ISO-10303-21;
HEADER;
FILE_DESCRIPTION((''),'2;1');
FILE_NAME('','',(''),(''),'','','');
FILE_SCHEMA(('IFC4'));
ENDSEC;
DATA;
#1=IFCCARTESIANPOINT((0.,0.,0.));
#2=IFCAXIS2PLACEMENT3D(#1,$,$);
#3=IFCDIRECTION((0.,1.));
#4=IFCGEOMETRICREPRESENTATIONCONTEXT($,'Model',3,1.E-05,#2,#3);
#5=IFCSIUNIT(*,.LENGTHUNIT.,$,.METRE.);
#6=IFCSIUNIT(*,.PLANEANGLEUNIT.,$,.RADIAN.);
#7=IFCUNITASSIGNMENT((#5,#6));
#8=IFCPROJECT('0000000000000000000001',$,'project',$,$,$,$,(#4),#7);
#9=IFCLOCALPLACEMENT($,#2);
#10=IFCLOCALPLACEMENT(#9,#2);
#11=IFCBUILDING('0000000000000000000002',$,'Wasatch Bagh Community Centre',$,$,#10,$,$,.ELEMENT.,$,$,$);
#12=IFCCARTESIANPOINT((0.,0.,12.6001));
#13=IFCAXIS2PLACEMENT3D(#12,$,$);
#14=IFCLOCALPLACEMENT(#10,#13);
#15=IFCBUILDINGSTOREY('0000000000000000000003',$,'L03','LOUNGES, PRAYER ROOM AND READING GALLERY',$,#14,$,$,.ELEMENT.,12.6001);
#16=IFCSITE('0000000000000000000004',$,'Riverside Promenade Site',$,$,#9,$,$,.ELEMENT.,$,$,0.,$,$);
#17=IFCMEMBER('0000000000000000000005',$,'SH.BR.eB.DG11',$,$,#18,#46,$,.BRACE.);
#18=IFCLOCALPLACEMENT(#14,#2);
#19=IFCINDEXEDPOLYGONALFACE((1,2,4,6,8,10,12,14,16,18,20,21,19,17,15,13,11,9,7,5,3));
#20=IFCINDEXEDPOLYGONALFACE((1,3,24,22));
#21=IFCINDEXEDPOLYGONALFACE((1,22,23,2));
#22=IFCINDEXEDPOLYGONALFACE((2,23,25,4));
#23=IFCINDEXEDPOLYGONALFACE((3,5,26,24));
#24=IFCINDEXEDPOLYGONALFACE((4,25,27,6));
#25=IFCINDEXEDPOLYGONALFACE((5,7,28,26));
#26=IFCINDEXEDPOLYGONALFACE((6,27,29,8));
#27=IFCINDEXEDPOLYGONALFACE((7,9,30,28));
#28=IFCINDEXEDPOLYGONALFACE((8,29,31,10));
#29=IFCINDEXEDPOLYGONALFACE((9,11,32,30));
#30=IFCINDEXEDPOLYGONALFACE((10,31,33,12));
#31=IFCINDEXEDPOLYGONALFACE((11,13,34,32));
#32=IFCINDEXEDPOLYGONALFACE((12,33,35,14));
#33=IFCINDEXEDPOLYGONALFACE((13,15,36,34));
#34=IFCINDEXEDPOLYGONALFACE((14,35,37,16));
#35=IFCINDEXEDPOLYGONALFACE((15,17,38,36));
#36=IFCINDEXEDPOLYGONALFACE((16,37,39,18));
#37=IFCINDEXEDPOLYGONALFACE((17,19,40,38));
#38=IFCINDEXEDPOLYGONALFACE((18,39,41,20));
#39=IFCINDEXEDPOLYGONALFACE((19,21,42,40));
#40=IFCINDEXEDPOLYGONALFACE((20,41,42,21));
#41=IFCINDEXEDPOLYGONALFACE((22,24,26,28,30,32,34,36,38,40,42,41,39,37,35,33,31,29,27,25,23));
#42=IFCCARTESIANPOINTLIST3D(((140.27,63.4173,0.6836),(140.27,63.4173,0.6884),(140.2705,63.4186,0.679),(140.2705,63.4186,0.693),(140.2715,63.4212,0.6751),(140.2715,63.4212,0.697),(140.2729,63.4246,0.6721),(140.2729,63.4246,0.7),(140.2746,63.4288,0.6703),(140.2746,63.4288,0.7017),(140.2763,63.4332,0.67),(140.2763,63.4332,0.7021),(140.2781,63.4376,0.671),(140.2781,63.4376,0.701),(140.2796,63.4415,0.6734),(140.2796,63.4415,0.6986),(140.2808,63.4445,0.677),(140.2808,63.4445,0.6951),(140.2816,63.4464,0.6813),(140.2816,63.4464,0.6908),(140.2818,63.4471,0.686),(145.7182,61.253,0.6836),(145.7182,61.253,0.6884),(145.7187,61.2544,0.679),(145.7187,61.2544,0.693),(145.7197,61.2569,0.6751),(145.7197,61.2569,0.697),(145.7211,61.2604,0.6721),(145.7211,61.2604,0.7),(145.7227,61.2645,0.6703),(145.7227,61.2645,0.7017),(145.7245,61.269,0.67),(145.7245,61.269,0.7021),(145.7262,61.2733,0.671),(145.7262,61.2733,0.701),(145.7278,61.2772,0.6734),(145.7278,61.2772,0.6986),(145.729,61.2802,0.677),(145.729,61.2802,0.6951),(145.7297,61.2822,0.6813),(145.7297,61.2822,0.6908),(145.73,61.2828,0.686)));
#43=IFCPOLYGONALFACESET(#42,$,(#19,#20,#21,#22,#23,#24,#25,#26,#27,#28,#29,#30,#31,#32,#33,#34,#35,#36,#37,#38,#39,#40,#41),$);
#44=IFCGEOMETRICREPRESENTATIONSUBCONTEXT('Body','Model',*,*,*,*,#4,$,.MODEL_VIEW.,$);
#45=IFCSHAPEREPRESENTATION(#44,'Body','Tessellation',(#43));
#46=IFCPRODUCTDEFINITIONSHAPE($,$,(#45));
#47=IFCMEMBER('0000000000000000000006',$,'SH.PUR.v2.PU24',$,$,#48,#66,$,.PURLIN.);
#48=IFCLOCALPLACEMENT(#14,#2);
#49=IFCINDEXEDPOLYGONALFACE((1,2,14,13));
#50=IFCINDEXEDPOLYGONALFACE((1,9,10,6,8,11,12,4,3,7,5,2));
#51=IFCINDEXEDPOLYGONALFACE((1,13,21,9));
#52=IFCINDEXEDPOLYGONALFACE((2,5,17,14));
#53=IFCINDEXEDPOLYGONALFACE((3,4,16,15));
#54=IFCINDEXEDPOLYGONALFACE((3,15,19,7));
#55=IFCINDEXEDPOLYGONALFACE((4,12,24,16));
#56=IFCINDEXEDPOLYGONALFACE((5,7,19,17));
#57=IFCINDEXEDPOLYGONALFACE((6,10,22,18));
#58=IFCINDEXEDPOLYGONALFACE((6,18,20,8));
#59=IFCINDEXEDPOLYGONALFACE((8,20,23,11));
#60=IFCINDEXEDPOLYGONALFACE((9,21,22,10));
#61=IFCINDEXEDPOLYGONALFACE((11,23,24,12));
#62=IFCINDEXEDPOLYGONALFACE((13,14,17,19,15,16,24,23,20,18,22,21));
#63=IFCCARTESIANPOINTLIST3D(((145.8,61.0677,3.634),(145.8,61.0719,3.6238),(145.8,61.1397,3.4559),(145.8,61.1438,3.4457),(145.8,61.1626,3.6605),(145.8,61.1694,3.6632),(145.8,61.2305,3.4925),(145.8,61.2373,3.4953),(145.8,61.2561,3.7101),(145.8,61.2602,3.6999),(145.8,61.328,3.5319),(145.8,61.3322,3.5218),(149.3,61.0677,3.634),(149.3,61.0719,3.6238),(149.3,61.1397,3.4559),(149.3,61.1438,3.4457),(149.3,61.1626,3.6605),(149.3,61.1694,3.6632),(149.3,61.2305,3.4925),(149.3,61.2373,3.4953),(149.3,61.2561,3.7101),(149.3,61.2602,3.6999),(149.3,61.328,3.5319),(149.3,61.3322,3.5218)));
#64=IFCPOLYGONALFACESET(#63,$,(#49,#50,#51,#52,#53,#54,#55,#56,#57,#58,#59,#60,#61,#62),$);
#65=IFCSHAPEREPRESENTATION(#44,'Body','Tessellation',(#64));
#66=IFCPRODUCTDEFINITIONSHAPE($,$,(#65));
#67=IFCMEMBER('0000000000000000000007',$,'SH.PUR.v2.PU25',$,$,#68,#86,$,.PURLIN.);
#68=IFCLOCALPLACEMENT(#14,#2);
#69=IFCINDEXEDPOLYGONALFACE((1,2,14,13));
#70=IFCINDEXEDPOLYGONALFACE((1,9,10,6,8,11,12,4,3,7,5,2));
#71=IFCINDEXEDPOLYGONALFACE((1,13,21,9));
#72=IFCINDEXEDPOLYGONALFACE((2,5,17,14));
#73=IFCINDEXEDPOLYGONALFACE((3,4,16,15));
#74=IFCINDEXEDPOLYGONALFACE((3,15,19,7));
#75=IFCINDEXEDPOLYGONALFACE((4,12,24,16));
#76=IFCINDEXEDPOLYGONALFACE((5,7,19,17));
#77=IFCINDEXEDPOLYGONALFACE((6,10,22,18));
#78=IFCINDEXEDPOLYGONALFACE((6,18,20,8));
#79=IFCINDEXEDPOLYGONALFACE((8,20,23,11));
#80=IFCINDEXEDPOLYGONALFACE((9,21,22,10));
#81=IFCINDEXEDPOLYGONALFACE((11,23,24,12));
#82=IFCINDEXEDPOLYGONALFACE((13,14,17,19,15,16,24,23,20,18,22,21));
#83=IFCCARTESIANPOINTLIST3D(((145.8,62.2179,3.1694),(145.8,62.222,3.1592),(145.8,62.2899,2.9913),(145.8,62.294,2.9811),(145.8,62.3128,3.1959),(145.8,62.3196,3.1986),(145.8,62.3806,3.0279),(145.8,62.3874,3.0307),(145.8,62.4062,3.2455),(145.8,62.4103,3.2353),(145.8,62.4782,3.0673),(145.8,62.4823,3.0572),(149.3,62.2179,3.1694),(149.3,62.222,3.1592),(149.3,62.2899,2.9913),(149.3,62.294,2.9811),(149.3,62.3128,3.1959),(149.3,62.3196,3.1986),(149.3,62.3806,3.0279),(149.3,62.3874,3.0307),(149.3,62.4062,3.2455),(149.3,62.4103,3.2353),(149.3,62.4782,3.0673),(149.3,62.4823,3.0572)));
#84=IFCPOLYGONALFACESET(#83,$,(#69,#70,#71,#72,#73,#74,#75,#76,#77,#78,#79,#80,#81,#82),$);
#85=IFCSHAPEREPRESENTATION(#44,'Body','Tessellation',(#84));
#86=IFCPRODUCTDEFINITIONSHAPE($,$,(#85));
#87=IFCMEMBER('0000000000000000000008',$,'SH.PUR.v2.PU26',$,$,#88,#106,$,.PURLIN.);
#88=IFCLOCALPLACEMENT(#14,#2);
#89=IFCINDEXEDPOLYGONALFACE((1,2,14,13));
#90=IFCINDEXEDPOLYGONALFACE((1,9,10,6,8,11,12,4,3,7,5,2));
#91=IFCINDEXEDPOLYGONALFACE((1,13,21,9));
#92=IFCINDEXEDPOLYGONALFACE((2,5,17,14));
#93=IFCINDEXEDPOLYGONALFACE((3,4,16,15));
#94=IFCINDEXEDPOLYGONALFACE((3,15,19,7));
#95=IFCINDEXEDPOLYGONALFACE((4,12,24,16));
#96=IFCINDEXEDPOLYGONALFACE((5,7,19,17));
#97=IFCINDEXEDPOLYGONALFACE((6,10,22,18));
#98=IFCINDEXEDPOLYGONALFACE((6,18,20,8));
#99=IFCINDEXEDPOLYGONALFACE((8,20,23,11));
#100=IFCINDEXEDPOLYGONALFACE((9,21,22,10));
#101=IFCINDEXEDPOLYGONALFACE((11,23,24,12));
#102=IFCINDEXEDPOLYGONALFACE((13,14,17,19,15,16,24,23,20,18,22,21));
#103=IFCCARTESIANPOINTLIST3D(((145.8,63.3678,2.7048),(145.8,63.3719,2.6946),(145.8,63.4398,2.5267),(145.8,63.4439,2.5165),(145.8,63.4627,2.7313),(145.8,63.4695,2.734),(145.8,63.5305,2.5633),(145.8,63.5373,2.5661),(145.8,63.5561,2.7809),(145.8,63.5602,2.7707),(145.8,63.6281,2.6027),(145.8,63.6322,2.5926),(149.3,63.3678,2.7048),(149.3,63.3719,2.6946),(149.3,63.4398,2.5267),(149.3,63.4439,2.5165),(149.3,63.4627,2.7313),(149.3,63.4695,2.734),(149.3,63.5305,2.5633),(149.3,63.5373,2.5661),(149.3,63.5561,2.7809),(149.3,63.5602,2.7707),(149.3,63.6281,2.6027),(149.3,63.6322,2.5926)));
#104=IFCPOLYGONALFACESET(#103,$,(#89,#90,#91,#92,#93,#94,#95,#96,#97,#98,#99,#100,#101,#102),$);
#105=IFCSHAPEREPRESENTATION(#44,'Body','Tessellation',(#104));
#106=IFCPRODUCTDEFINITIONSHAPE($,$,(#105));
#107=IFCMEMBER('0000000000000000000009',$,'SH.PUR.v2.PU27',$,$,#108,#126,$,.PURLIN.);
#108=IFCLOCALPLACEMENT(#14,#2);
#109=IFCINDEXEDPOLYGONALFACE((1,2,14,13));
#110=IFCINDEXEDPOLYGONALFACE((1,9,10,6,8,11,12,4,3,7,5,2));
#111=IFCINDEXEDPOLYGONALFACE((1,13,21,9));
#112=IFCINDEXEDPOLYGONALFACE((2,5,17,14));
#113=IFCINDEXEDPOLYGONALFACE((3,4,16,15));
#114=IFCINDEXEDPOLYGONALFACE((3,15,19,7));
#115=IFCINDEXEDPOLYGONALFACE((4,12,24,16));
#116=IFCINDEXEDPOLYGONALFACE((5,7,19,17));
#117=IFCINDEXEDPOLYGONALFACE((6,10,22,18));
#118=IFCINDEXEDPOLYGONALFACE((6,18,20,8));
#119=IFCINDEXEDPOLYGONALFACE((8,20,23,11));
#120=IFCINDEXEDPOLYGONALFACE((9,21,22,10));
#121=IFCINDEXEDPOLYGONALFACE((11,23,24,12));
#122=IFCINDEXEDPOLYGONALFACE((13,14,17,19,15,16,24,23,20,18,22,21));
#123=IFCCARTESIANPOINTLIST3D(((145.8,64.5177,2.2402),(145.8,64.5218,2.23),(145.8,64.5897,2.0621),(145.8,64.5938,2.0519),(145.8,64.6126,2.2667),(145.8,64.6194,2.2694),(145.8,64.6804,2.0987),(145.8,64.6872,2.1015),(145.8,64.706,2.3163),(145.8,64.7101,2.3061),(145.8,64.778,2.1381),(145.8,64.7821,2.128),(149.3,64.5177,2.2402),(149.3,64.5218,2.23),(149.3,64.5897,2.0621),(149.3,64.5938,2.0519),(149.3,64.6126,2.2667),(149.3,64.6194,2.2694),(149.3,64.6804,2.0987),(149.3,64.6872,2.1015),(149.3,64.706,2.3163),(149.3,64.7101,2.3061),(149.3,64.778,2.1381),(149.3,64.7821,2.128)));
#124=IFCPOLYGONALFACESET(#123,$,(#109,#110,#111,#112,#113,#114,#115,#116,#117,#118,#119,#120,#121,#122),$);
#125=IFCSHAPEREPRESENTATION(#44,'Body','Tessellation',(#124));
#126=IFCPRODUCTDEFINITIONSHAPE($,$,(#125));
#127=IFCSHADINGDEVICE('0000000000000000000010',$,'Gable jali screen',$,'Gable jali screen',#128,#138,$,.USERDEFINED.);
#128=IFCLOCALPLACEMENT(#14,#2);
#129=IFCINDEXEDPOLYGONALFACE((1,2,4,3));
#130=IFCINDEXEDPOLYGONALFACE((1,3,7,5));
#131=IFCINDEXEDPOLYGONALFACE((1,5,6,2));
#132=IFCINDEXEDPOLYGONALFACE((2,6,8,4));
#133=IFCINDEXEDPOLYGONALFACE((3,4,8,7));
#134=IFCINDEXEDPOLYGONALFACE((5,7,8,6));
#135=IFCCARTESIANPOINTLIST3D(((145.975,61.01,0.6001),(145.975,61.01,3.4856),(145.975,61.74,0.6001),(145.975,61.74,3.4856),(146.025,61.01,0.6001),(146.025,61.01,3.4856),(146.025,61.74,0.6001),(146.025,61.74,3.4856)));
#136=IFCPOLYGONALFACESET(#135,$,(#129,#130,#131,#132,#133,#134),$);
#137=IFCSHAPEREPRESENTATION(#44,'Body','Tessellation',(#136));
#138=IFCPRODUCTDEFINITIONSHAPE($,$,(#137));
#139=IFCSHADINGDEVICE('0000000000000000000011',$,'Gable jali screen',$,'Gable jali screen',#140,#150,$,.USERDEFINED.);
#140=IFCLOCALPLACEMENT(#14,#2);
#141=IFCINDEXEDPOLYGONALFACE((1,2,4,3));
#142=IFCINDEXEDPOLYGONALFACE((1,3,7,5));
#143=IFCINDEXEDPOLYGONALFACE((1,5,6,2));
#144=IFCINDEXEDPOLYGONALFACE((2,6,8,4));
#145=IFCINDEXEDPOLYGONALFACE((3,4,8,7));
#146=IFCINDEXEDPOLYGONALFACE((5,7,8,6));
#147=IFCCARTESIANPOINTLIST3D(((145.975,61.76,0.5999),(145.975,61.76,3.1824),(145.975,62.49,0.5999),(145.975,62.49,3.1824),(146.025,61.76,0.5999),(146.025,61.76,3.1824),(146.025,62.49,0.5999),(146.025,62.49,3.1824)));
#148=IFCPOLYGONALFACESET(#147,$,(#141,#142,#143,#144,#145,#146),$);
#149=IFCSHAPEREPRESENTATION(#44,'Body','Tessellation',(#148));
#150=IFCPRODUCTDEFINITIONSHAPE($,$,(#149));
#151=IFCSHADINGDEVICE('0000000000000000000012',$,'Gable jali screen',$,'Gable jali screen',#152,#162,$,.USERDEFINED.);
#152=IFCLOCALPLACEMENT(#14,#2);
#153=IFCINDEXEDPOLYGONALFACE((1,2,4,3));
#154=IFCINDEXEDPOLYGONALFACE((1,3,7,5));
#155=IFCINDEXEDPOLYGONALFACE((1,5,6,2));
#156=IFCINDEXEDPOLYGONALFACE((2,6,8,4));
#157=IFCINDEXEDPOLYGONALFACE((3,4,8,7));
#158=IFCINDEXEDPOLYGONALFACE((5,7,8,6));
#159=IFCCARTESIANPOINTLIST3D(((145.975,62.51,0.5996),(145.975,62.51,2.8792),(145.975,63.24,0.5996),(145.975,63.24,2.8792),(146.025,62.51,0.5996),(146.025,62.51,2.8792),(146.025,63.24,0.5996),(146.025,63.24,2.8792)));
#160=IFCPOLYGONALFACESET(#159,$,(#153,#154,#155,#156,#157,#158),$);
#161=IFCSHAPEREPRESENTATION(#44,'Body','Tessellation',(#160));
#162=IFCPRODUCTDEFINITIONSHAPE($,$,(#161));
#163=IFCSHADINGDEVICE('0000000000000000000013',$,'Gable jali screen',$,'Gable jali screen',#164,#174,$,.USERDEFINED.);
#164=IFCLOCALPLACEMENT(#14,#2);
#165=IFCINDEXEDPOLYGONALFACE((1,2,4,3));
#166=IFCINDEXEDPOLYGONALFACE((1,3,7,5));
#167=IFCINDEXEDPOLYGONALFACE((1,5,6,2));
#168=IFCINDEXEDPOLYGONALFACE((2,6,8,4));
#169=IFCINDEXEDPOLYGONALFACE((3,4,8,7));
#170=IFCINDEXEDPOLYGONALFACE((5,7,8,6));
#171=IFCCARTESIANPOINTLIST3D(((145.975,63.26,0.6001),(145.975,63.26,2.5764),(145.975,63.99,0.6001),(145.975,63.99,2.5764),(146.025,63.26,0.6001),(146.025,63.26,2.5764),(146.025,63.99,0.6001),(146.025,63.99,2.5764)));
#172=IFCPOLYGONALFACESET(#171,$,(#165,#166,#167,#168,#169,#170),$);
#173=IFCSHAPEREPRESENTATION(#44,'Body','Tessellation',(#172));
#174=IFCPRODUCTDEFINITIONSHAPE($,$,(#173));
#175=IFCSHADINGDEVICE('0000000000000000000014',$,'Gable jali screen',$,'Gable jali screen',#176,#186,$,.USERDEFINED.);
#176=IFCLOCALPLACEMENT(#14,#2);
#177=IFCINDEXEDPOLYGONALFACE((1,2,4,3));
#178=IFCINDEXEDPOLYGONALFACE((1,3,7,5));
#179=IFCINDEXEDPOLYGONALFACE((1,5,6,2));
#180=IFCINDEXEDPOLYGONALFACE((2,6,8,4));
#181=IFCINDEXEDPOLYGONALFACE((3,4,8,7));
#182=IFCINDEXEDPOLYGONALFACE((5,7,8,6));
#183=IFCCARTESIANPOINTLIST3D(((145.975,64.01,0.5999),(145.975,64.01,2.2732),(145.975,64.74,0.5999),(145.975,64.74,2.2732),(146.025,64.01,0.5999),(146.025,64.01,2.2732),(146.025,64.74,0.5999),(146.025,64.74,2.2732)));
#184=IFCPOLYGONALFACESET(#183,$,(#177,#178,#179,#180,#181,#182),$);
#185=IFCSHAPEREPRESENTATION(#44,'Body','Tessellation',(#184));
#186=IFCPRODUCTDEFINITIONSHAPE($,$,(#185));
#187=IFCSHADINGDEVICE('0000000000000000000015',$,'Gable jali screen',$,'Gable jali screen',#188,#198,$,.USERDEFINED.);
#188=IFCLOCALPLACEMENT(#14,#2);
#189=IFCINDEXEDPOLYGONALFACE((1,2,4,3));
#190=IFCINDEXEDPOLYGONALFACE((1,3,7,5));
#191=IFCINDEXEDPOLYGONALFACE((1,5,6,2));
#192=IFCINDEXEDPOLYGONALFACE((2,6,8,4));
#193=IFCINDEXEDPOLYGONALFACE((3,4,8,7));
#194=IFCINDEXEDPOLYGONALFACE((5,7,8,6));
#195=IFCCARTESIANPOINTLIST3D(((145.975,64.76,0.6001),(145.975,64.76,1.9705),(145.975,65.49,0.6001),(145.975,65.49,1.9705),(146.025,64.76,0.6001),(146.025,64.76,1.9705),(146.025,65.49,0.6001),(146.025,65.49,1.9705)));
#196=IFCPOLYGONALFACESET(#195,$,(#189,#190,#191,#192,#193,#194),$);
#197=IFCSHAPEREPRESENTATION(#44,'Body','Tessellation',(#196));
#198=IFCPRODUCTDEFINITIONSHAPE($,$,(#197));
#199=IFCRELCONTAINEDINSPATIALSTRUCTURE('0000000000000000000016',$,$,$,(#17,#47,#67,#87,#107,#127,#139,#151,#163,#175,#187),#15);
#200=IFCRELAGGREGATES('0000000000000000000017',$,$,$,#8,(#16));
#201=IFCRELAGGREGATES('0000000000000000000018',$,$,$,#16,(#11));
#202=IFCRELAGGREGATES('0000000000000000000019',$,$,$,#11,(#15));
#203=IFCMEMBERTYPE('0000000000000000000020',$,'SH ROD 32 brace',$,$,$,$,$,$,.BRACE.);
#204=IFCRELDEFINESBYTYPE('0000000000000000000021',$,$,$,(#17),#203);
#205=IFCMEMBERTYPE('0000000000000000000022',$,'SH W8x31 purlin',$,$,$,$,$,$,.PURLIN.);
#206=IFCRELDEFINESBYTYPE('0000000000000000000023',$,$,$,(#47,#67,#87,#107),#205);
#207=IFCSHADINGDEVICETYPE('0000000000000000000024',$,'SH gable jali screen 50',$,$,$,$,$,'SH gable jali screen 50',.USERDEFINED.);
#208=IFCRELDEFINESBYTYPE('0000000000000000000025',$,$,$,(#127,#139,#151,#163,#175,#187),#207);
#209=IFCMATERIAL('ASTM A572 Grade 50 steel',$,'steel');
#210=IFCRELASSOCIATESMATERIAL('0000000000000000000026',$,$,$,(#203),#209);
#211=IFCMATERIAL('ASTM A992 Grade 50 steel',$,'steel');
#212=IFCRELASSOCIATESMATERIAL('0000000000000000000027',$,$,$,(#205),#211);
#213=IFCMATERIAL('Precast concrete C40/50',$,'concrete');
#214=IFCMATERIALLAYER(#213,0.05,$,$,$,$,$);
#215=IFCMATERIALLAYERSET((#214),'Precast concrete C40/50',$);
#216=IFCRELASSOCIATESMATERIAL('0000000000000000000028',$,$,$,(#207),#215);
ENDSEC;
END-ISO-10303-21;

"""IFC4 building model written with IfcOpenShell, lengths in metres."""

from ifc_helpers import new_model, si_unit, direction, frame, origin, origin_2d, place, context, subcontext, project, spatial, rectangle, circle, i_section, extrude, material, layer, layer_set, material_profile, profile_set, type_object, element, save


model = new_model("IFC4")

# Units and contexts
model_context = context("Model", 3, precision=1e-05, world=origin(), true_north=direction((0.0, 1.0)))
body_context = subcontext(model_context, "Body", "Model", "MODEL_VIEW")
ifc_project = project(units=[si_unit("LENGTHUNIT", "METRE"), si_unit("PLANEANGLEUNIT", "RADIAN")], contexts=[model_context])

# Site, building, storey
site_placement = place(None, origin())
site = spatial("IfcSite", under=ifc_project, at=site_placement, Name="Riverside Promenade Site", CompositionType="ELEMENT", RefElevation=0.0)
building_placement = place(site_placement, origin())
building = spatial("IfcBuilding", under=site, at=building_placement, Name="Wasatch Bagh Community Centre", CompositionType="ELEMENT")
storey_placement = place(building_placement, frame((0.0, 0.0, 12.6001)))
storey = spatial("IfcBuildingStorey", under=building, at=storey_placement, Name="L03", Description="LOUNGES, PRAYER ROOM AND READING GALLERY", CompositionType="ELEMENT", Elevation=12.6001)

# Members
ifc_material_1 = material(Name="ASTM A572 Grade 50 steel", Category="steel")
ifc_material_profile_1 = material_profile(ifc_material_1, circle(Radius=0.0161, at=origin_2d()), Name="ROD 32")
ifc_profile_set_1 = profile_set([ifc_material_profile_1], Name="ASTM A572 Grade 50 steel")
member_type_1 = type_object("IfcMemberType", Name="SH ROD 32 brace", PredefinedType="BRACE", material=ifc_profile_set_1)
member_1_placement = place(storey_placement, frame((140.2759, 63.4321, 0.686), z_axis=(0.929356, -0.369185, 0.0), x_axis=(0.369185, 0.929356, 0.0)))
element("IfcMember", 1, at=member_1_placement, inside=storey, type_object=member_type_1, Name="SH.BR.eB.DG11", PredefinedType="BRACE", context=body_context, shape_type="SweptSolid", body=[
    extrude(circle(Radius=0.0161, at=origin_2d()), origin(), (0.0, 0.0, 1.0), 5.8623),
])
ifc_material_2 = material(Name="ASTM A992 Grade 50 steel", Category="steel")
ifc_material_profile_2 = material_profile(ifc_material_2, i_section(OverallWidth=0.2031, OverallDepth=0.2031, WebThickness=0.0073, FlangeThickness=0.011, at=origin_2d()), Name="W8x31")
ifc_profile_set_2 = profile_set([ifc_material_profile_2], Name="ASTM A992 Grade 50 steel")
member_type_2 = type_object("IfcMemberType", Name="SH W8x31 purlin", PredefinedType="PURLIN", material=ifc_profile_set_2)
for number, where, z_axis, x_axis, name in (
    (2, (145.8, 61.2, 3.5779), (1.0, 0.0, 0.0), (0.0, 0.927184, 0.374607), "SH.PUR.v2.PU24"),
    (3, (145.8, 62.3501, 3.1133), (1.0, 0.0, 0.0), (0.0, 0.927184, 0.374607), "SH.PUR.v2.PU25"),
    (4, (145.8, 63.5, 2.6487), (1.0, 0.0, 0.0), (0.0, 0.927184, 0.374607), "SH.PUR.v2.PU26"),
    (5, (145.8, 64.6499, 2.1841), (1.0, 0.0, 0.0), (0.0, 0.927184, 0.374607), "SH.PUR.v2.PU27"),
):
    element("IfcMember", number, at=place(storey_placement, frame(where, z_axis=z_axis, x_axis=x_axis)), inside=storey, type_object=member_type_2, Name=name, PredefinedType="PURLIN", context=body_context, shape_type="SweptSolid", body=[
        extrude(i_section(OverallWidth=0.2031, OverallDepth=0.2031, WebThickness=0.0073, FlangeThickness=0.011, at=origin_2d()), origin(), (0.0, 0.0, 1.0), 3.5),
    ])

# Shading devices
ifc_material_3 = material(Name="Precast concrete C40/50", Category="concrete")
ifc_layer = layer(ifc_material_3, 0.05)
ifc_layer_set = layer_set([ifc_layer], Name="Precast concrete C40/50")
shading_device_type = type_object("IfcShadingDeviceType", Name="SH gable jali screen 50", ElementType="SH gable jali screen 50", PredefinedType="USERDEFINED", material=ifc_layer_set)
shading_device_1_placement = place(storey_placement, frame((146.0, 61.375, 0.6001), z_axis=(0.0, 0.0, 1.0), x_axis=(1.0, 0.0, 0.0)))
element("IfcShadingDevice", 6, at=shading_device_1_placement, inside=storey, type_object=shading_device_type, Name="Gable jali screen", ObjectType="Gable jali screen", PredefinedType="USERDEFINED", context=body_context, shape_type="SweptSolid", body=[
    extrude(rectangle(XDim=0.05, YDim=0.73, at=origin_2d()), origin(), (0.0, 0.0, 1.0), 2.8855),
])
shading_device_2_placement = place(storey_placement, frame((146.0, 62.125, 0.5999), z_axis=(0.0, 0.0, 1.0), x_axis=(1.0, 0.0, 0.0)))
element("IfcShadingDevice", 7, at=shading_device_2_placement, inside=storey, type_object=shading_device_type, Name="Gable jali screen", ObjectType="Gable jali screen", PredefinedType="USERDEFINED", context=body_context, shape_type="SweptSolid", body=[
    extrude(rectangle(XDim=0.05, YDim=0.73, at=origin_2d()), origin(), (0.0, 0.0, 1.0), 2.5825),
])
shading_device_3_placement = place(storey_placement, frame((146.0, 62.875, 0.5996), z_axis=(0.0, 0.0, 1.0), x_axis=(1.0, 0.0, 0.0)))
element("IfcShadingDevice", 8, at=shading_device_3_placement, inside=storey, type_object=shading_device_type, Name="Gable jali screen", ObjectType="Gable jali screen", PredefinedType="USERDEFINED", context=body_context, shape_type="SweptSolid", body=[
    extrude(rectangle(XDim=0.05, YDim=0.73, at=origin_2d()), origin(), (0.0, 0.0, 1.0), 2.2795),
])
shading_device_4_placement = place(storey_placement, frame((146.0, 63.625, 0.6001), z_axis=(0.0, 0.0, 1.0), x_axis=(1.0, 0.0, 0.0)))
element("IfcShadingDevice", 9, at=shading_device_4_placement, inside=storey, type_object=shading_device_type, Name="Gable jali screen", ObjectType="Gable jali screen", PredefinedType="USERDEFINED", context=body_context, shape_type="SweptSolid", body=[
    extrude(rectangle(XDim=0.05, YDim=0.73, at=origin_2d()), origin(), (0.0, 0.0, 1.0), 1.9763),
])
shading_device_5_placement = place(storey_placement, frame((146.0, 64.375, 0.5999), z_axis=(0.0, 0.0, 1.0), x_axis=(1.0, 0.0, 0.0)))
element("IfcShadingDevice", 10, at=shading_device_5_placement, inside=storey, type_object=shading_device_type, Name="Gable jali screen", ObjectType="Gable jali screen", PredefinedType="USERDEFINED", context=body_context, shape_type="SweptSolid", body=[
    extrude(rectangle(XDim=0.05, YDim=0.73, at=origin_2d()), origin(), (0.0, 0.0, 1.0), 1.6733),
])
shading_device_6_placement = place(storey_placement, frame((146.0, 65.125, 0.6001), z_axis=(0.0, 0.0, 1.0), x_axis=(1.0, 0.0, 0.0)))
element("IfcShadingDevice", 11, at=shading_device_6_placement, inside=storey, type_object=shading_device_type, Name="Gable jali screen", ObjectType="Gable jali screen", PredefinedType="USERDEFINED", context=body_context, shape_type="SweptSolid", body=[
    extrude(rectangle(XDim=0.05, YDim=0.73, at=origin_2d()), origin(), (0.0, 0.0, 1.0), 1.3704),
])

save(model, "model.ifc")
